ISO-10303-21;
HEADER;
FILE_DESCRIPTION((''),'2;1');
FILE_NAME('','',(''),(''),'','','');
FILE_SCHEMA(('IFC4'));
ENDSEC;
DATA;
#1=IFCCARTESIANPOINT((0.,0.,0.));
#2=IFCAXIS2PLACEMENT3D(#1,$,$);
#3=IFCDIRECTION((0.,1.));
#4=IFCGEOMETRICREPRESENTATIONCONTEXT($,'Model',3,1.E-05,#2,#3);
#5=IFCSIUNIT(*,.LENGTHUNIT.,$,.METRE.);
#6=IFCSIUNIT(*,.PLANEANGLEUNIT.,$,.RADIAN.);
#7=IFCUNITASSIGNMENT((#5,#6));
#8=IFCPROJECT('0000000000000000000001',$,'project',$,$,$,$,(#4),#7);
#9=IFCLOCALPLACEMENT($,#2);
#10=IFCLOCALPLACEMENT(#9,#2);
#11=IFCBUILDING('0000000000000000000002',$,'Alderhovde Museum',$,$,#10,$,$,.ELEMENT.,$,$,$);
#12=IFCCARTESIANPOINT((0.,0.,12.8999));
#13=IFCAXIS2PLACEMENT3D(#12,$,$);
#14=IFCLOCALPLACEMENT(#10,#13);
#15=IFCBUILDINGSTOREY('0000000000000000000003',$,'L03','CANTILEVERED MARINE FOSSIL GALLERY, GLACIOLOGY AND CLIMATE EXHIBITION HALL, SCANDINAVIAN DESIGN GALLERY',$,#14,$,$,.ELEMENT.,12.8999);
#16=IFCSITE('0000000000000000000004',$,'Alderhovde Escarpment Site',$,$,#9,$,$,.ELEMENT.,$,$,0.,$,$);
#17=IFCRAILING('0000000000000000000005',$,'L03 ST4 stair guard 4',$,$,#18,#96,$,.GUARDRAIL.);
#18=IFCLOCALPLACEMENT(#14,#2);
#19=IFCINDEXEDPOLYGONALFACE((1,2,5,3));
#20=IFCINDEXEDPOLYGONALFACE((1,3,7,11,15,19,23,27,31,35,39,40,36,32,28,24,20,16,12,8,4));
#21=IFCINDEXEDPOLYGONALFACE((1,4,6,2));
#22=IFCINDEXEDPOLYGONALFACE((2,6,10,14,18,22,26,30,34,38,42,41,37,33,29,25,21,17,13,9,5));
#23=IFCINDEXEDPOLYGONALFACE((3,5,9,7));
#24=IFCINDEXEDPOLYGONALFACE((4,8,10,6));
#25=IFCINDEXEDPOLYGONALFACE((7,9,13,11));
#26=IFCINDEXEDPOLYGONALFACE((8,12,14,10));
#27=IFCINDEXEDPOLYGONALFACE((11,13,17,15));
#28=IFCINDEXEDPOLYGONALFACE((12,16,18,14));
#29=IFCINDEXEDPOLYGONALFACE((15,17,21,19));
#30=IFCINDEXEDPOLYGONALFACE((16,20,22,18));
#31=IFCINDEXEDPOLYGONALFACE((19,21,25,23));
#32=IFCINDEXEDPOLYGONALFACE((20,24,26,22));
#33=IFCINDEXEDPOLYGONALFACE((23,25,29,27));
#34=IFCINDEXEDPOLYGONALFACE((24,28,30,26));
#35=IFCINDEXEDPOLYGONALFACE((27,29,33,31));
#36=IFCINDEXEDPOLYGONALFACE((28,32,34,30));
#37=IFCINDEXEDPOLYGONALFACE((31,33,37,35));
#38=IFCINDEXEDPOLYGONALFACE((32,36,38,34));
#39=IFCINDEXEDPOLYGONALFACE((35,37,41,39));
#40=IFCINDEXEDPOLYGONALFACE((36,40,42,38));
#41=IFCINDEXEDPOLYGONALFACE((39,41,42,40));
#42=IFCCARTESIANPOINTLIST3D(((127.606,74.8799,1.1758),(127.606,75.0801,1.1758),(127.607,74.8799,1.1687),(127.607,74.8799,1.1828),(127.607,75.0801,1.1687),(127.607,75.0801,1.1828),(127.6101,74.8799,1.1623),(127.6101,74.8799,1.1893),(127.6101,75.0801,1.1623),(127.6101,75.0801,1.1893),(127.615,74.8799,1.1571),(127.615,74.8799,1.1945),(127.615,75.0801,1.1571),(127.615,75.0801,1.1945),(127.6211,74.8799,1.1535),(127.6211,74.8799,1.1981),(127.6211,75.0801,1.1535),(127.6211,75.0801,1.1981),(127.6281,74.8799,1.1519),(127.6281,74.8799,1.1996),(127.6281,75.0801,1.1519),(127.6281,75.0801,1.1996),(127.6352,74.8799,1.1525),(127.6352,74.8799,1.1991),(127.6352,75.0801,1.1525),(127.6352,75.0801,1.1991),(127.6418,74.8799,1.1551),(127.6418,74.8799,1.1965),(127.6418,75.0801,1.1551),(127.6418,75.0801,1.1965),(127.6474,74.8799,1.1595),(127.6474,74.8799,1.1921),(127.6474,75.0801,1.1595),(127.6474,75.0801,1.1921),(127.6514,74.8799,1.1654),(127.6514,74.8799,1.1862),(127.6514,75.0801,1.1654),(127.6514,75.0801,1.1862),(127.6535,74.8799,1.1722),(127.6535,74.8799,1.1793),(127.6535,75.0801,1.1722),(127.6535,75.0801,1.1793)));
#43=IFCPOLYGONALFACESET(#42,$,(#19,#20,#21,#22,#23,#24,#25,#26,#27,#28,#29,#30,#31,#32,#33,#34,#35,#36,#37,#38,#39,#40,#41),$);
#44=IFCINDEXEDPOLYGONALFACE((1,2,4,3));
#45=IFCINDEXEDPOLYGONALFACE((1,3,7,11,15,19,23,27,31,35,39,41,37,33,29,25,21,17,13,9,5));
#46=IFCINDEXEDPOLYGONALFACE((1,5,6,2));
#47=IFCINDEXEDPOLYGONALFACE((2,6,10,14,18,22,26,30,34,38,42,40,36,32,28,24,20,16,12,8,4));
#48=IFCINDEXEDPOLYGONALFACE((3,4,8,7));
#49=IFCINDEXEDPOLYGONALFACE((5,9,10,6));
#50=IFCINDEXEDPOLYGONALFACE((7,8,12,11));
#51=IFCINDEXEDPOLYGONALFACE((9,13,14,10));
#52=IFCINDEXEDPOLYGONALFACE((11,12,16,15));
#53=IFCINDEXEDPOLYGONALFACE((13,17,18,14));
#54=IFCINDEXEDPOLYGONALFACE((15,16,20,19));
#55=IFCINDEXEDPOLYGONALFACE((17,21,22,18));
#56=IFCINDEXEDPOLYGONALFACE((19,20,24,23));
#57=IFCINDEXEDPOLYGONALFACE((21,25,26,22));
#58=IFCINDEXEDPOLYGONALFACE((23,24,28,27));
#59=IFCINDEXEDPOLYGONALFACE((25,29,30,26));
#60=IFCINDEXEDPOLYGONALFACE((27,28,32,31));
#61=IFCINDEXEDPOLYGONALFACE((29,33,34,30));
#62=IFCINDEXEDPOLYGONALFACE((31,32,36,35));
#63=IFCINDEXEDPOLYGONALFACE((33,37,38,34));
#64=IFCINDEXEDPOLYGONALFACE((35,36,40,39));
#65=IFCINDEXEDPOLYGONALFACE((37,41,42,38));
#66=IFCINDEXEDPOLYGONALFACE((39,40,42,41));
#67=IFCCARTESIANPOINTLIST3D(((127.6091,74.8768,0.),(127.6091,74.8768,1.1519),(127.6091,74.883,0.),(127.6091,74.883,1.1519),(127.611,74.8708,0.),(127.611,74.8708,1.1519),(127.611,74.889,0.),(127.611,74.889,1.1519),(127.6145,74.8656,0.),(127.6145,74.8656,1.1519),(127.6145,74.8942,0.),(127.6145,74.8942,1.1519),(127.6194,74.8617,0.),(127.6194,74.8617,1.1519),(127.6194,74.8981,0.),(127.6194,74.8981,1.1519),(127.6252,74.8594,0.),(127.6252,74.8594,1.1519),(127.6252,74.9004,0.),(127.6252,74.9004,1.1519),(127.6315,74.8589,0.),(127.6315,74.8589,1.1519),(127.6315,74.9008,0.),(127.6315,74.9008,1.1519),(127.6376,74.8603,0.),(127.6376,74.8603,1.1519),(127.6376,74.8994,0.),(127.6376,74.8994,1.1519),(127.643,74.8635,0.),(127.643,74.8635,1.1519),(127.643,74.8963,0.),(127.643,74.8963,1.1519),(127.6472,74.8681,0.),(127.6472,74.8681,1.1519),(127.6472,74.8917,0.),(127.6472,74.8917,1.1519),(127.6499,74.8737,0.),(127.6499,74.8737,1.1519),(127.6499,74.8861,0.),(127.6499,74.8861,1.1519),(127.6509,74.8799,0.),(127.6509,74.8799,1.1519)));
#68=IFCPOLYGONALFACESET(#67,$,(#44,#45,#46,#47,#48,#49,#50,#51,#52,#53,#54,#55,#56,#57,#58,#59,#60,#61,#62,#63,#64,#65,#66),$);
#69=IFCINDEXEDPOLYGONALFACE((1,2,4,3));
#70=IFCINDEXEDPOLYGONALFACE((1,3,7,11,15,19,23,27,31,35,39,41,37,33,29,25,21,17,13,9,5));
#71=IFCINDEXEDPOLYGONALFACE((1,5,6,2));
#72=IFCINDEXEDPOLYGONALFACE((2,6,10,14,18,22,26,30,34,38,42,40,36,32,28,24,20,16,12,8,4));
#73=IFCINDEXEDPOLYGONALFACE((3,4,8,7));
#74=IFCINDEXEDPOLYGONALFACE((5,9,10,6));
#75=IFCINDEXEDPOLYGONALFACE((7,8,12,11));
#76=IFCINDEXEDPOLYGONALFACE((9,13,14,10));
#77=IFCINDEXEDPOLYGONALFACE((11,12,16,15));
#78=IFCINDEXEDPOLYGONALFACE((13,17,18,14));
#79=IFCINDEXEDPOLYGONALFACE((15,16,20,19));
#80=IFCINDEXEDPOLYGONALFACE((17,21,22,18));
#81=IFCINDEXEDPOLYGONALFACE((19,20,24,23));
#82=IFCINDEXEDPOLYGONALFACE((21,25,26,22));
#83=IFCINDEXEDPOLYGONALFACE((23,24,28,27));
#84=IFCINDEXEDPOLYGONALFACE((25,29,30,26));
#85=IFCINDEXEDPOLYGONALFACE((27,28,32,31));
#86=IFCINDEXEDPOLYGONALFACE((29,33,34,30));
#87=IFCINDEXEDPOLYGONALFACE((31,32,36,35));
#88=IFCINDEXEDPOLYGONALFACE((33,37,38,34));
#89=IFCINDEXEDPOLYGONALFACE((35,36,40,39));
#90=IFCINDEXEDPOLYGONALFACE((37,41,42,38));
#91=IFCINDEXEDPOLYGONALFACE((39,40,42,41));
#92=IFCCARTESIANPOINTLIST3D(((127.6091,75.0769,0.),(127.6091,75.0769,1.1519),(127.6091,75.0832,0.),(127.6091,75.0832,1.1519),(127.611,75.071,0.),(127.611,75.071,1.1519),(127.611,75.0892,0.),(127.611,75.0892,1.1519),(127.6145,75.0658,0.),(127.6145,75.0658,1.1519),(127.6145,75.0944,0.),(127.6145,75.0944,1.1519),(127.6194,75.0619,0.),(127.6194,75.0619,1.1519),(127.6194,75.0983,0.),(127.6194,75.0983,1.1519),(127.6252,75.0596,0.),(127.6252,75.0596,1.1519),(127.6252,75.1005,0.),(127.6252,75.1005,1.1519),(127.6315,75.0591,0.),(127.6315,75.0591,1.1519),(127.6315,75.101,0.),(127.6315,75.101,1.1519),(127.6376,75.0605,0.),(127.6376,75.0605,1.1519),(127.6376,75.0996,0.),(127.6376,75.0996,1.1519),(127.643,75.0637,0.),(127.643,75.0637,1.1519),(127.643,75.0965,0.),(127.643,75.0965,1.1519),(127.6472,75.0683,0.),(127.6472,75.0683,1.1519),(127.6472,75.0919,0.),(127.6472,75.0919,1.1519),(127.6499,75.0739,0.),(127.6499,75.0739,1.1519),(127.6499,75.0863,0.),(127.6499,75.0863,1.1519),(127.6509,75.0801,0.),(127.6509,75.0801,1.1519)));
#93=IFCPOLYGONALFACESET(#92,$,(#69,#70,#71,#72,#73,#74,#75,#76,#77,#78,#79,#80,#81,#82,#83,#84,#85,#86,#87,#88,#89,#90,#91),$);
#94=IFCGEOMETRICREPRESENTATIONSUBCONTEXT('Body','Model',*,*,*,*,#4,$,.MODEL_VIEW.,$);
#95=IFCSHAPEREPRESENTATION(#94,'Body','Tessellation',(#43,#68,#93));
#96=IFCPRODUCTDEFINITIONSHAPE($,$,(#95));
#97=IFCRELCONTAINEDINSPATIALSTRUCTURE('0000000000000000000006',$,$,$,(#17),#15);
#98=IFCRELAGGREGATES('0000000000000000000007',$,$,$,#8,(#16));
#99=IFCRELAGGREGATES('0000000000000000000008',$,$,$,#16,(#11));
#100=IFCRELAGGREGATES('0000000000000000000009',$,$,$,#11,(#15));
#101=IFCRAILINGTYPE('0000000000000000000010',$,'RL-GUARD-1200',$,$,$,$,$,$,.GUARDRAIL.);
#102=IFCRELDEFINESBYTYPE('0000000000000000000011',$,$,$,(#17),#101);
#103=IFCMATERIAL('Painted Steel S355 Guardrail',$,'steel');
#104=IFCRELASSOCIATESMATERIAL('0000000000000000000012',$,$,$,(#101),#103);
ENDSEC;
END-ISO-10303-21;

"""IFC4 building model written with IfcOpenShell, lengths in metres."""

from ifc_helpers import new_model, si_unit, direction, frame, origin, origin_2d, place, context, subcontext, project, spatial, circle, extrude, material, type_object, element, save


model = new_model("IFC4")

# Units and contexts
model_context = context("Model", 3, precision=1e-05, world=origin(), true_north=direction((0.0, 1.0)))
body_context = subcontext(model_context, "Body", "Model", "MODEL_VIEW")
ifc_project = project(units=[si_unit("LENGTHUNIT", "METRE"), si_unit("PLANEANGLEUNIT", "RADIAN")], contexts=[model_context])

# Site, building, storey
site_placement = place(None, origin())
site = spatial("IfcSite", under=ifc_project, at=site_placement, Name="Alderhovde Escarpment Site", CompositionType="ELEMENT", RefElevation=0.0)
building_placement = place(site_placement, origin())
building = spatial("IfcBuilding", under=site, at=building_placement, Name="Alderhovde Museum", CompositionType="ELEMENT")
storey_placement = place(building_placement, frame((0.0, 0.0, 12.8999)))
storey = spatial("IfcBuildingStorey", under=building, at=storey_placement, Name="L03", Description="CANTILEVERED MARINE FOSSIL GALLERY, GLACIOLOGY AND CLIMATE EXHIBITION HALL, SCANDINAVIAN DESIGN GALLERY", CompositionType="ELEMENT", Elevation=12.8999)

# Railing
ifc_material_1 = material(Name="Painted Steel S355 Guardrail", Category="steel")
railing_type_1 = type_object("IfcRailingType", Name="RL-GUARD-1200", PredefinedType="GUARDRAIL", material=ifc_material_1)
railing_1_placement = place(storey_placement, frame((127.6299, 74.8799, 0.0)))
element("IfcRailing", 1, at=railing_1_placement, inside=storey, type_object=railing_type_1, Name="L03 ST4 stair guard 4", PredefinedType="GUARDRAIL", context=body_context, shape_type="SweptSolid", body=[
    extrude(circle(Radius=0.0239, at=origin_2d()), frame((0.0, 0.0, 1.1758), z_axis=(0.0, 1.0, 0.0), x_axis=(-1.0, 0.0, 0.0)), (0.0, 0.0, 1.0), 0.2002),
    extrude(circle(Radius=0.021, at=origin_2d()), origin(), (0.0, 0.0, 1.0), 1.1519),
    extrude(circle(Radius=0.021, at=origin_2d()), frame((0.0, 0.2002, 0.0)), (0.0, 0.0, 1.0), 1.1519),
])

save(model, "model.ifc")
